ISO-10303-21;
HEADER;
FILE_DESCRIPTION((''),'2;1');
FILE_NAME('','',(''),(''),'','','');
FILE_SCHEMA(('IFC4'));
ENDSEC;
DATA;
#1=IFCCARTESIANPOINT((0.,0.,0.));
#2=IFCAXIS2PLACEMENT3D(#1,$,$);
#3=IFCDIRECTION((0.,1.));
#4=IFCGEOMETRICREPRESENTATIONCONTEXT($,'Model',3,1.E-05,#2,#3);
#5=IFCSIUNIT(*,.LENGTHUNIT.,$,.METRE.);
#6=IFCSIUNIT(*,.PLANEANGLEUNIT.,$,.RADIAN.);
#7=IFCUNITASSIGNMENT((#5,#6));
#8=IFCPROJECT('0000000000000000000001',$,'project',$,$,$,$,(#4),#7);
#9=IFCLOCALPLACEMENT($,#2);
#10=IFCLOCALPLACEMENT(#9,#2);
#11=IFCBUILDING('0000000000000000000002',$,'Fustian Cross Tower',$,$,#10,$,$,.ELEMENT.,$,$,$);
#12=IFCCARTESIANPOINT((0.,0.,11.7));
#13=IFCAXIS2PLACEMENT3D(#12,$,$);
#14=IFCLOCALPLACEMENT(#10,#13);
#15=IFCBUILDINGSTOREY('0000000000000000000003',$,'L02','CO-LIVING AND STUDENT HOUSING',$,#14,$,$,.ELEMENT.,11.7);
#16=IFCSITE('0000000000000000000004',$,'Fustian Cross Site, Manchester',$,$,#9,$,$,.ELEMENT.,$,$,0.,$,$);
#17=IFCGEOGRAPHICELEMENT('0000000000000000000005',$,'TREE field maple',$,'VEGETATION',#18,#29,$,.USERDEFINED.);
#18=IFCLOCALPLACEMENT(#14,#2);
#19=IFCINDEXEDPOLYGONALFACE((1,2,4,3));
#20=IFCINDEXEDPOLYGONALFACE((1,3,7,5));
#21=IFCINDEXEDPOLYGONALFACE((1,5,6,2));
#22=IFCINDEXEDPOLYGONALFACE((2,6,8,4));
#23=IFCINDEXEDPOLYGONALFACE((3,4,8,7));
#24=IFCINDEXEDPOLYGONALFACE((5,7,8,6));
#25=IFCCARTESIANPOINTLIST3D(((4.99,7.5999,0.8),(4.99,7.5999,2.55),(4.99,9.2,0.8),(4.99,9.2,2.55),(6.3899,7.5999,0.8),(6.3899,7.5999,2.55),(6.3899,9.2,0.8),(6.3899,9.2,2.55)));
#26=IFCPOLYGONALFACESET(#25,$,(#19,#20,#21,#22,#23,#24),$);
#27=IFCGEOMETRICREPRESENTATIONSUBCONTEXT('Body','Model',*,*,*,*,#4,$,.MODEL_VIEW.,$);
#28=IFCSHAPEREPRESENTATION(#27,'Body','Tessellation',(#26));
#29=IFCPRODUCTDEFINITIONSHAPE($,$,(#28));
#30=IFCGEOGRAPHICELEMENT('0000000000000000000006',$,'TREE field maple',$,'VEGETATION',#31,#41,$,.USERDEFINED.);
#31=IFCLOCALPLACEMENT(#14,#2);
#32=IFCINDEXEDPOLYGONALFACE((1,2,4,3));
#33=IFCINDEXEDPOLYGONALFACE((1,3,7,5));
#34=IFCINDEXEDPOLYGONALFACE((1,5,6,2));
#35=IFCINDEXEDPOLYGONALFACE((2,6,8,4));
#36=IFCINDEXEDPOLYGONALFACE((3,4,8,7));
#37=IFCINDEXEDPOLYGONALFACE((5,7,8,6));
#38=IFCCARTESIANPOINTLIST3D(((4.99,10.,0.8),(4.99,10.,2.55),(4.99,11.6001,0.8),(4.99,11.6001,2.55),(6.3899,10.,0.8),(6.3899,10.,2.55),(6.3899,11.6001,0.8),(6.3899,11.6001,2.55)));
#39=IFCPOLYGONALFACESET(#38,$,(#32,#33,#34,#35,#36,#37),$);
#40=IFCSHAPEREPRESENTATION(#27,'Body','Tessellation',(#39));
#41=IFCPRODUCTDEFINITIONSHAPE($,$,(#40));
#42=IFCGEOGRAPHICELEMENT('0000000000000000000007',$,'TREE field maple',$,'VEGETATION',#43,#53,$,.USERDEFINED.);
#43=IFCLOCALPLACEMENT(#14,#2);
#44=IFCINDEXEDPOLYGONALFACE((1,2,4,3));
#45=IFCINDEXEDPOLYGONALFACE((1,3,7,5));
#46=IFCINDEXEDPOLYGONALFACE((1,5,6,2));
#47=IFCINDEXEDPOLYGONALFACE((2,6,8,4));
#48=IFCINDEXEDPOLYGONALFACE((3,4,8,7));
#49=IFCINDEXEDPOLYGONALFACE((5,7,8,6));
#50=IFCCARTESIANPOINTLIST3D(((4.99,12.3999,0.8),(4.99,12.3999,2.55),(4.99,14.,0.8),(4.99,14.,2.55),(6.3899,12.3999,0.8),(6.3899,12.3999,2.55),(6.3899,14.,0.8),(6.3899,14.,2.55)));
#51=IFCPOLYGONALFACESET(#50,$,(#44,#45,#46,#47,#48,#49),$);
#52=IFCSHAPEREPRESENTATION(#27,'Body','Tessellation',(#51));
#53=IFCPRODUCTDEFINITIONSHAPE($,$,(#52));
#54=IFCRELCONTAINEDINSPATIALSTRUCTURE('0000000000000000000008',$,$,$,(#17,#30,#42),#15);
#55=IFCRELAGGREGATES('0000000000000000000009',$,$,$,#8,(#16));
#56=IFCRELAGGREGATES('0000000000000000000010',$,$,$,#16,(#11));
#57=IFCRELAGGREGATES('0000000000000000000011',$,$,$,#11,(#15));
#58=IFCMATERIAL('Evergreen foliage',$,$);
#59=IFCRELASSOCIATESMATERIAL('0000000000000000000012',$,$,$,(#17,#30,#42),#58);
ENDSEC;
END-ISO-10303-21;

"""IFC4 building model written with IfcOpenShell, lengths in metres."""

from ifc_helpers import new_model, si_unit, direction, frame, origin, origin_2d, place, context, subcontext, project, spatial, rectangle, extrude, material, element, save


model = new_model("IFC4")

# Units and contexts
model_context = context("Model", 3, precision=1e-05, world=origin(), true_north=direction((0.0, 1.0)))
body_context = subcontext(model_context, "Body", "Model", "MODEL_VIEW")
ifc_project = project(units=[si_unit("LENGTHUNIT", "METRE"), si_unit("PLANEANGLEUNIT", "RADIAN")], contexts=[model_context])

# Site, building, storey
site_placement = place(None, origin())
site = spatial("IfcSite", under=ifc_project, at=site_placement, Name="Fustian Cross Site, Manchester", CompositionType="ELEMENT", RefElevation=0.0)
building_placement = place(site_placement, origin())
building = spatial("IfcBuilding", under=site, at=building_placement, Name="Fustian Cross Tower", CompositionType="ELEMENT")
storey_placement = place(building_placement, frame((0.0, 0.0, 11.7)))
storey = spatial("IfcBuildingStorey", under=building, at=storey_placement, Name="L02", Description="CO-LIVING AND STUDENT HOUSING", CompositionType="ELEMENT", Elevation=11.7)

# Geographic elements
ifc_material_1 = material(Name="Evergreen foliage")
for number, where, z_axis, x_axis, name in (
    (1, (5.6899, 8.3999, 0.8), (0.0, 0.0, 1.0), (1.0, 0.0, 0.0), "TREE field maple"),
    (2, (5.6899, 10.8, 0.8), (0.0, 0.0, 1.0), (1.0, 0.0, 0.0), "TREE field maple"),
    (3, (5.6899, 13.2, 0.8), (0.0, 0.0, 1.0), (1.0, 0.0, 0.0), "TREE field maple"),
):
    element("IfcGeographicElement", number, at=place(storey_placement, frame(where, z_axis=z_axis, x_axis=x_axis)), inside=storey, material=ifc_material_1, Name=name, ObjectType="VEGETATION", PredefinedType="USERDEFINED", context=body_context, shape_type="SweptSolid", body=[
        extrude(rectangle(XDim=1.3999, YDim=1.6001, at=origin_2d()), origin(), (0.0, 0.0, 1.0), 1.75),
    ])

save(model, "model.ifc")
